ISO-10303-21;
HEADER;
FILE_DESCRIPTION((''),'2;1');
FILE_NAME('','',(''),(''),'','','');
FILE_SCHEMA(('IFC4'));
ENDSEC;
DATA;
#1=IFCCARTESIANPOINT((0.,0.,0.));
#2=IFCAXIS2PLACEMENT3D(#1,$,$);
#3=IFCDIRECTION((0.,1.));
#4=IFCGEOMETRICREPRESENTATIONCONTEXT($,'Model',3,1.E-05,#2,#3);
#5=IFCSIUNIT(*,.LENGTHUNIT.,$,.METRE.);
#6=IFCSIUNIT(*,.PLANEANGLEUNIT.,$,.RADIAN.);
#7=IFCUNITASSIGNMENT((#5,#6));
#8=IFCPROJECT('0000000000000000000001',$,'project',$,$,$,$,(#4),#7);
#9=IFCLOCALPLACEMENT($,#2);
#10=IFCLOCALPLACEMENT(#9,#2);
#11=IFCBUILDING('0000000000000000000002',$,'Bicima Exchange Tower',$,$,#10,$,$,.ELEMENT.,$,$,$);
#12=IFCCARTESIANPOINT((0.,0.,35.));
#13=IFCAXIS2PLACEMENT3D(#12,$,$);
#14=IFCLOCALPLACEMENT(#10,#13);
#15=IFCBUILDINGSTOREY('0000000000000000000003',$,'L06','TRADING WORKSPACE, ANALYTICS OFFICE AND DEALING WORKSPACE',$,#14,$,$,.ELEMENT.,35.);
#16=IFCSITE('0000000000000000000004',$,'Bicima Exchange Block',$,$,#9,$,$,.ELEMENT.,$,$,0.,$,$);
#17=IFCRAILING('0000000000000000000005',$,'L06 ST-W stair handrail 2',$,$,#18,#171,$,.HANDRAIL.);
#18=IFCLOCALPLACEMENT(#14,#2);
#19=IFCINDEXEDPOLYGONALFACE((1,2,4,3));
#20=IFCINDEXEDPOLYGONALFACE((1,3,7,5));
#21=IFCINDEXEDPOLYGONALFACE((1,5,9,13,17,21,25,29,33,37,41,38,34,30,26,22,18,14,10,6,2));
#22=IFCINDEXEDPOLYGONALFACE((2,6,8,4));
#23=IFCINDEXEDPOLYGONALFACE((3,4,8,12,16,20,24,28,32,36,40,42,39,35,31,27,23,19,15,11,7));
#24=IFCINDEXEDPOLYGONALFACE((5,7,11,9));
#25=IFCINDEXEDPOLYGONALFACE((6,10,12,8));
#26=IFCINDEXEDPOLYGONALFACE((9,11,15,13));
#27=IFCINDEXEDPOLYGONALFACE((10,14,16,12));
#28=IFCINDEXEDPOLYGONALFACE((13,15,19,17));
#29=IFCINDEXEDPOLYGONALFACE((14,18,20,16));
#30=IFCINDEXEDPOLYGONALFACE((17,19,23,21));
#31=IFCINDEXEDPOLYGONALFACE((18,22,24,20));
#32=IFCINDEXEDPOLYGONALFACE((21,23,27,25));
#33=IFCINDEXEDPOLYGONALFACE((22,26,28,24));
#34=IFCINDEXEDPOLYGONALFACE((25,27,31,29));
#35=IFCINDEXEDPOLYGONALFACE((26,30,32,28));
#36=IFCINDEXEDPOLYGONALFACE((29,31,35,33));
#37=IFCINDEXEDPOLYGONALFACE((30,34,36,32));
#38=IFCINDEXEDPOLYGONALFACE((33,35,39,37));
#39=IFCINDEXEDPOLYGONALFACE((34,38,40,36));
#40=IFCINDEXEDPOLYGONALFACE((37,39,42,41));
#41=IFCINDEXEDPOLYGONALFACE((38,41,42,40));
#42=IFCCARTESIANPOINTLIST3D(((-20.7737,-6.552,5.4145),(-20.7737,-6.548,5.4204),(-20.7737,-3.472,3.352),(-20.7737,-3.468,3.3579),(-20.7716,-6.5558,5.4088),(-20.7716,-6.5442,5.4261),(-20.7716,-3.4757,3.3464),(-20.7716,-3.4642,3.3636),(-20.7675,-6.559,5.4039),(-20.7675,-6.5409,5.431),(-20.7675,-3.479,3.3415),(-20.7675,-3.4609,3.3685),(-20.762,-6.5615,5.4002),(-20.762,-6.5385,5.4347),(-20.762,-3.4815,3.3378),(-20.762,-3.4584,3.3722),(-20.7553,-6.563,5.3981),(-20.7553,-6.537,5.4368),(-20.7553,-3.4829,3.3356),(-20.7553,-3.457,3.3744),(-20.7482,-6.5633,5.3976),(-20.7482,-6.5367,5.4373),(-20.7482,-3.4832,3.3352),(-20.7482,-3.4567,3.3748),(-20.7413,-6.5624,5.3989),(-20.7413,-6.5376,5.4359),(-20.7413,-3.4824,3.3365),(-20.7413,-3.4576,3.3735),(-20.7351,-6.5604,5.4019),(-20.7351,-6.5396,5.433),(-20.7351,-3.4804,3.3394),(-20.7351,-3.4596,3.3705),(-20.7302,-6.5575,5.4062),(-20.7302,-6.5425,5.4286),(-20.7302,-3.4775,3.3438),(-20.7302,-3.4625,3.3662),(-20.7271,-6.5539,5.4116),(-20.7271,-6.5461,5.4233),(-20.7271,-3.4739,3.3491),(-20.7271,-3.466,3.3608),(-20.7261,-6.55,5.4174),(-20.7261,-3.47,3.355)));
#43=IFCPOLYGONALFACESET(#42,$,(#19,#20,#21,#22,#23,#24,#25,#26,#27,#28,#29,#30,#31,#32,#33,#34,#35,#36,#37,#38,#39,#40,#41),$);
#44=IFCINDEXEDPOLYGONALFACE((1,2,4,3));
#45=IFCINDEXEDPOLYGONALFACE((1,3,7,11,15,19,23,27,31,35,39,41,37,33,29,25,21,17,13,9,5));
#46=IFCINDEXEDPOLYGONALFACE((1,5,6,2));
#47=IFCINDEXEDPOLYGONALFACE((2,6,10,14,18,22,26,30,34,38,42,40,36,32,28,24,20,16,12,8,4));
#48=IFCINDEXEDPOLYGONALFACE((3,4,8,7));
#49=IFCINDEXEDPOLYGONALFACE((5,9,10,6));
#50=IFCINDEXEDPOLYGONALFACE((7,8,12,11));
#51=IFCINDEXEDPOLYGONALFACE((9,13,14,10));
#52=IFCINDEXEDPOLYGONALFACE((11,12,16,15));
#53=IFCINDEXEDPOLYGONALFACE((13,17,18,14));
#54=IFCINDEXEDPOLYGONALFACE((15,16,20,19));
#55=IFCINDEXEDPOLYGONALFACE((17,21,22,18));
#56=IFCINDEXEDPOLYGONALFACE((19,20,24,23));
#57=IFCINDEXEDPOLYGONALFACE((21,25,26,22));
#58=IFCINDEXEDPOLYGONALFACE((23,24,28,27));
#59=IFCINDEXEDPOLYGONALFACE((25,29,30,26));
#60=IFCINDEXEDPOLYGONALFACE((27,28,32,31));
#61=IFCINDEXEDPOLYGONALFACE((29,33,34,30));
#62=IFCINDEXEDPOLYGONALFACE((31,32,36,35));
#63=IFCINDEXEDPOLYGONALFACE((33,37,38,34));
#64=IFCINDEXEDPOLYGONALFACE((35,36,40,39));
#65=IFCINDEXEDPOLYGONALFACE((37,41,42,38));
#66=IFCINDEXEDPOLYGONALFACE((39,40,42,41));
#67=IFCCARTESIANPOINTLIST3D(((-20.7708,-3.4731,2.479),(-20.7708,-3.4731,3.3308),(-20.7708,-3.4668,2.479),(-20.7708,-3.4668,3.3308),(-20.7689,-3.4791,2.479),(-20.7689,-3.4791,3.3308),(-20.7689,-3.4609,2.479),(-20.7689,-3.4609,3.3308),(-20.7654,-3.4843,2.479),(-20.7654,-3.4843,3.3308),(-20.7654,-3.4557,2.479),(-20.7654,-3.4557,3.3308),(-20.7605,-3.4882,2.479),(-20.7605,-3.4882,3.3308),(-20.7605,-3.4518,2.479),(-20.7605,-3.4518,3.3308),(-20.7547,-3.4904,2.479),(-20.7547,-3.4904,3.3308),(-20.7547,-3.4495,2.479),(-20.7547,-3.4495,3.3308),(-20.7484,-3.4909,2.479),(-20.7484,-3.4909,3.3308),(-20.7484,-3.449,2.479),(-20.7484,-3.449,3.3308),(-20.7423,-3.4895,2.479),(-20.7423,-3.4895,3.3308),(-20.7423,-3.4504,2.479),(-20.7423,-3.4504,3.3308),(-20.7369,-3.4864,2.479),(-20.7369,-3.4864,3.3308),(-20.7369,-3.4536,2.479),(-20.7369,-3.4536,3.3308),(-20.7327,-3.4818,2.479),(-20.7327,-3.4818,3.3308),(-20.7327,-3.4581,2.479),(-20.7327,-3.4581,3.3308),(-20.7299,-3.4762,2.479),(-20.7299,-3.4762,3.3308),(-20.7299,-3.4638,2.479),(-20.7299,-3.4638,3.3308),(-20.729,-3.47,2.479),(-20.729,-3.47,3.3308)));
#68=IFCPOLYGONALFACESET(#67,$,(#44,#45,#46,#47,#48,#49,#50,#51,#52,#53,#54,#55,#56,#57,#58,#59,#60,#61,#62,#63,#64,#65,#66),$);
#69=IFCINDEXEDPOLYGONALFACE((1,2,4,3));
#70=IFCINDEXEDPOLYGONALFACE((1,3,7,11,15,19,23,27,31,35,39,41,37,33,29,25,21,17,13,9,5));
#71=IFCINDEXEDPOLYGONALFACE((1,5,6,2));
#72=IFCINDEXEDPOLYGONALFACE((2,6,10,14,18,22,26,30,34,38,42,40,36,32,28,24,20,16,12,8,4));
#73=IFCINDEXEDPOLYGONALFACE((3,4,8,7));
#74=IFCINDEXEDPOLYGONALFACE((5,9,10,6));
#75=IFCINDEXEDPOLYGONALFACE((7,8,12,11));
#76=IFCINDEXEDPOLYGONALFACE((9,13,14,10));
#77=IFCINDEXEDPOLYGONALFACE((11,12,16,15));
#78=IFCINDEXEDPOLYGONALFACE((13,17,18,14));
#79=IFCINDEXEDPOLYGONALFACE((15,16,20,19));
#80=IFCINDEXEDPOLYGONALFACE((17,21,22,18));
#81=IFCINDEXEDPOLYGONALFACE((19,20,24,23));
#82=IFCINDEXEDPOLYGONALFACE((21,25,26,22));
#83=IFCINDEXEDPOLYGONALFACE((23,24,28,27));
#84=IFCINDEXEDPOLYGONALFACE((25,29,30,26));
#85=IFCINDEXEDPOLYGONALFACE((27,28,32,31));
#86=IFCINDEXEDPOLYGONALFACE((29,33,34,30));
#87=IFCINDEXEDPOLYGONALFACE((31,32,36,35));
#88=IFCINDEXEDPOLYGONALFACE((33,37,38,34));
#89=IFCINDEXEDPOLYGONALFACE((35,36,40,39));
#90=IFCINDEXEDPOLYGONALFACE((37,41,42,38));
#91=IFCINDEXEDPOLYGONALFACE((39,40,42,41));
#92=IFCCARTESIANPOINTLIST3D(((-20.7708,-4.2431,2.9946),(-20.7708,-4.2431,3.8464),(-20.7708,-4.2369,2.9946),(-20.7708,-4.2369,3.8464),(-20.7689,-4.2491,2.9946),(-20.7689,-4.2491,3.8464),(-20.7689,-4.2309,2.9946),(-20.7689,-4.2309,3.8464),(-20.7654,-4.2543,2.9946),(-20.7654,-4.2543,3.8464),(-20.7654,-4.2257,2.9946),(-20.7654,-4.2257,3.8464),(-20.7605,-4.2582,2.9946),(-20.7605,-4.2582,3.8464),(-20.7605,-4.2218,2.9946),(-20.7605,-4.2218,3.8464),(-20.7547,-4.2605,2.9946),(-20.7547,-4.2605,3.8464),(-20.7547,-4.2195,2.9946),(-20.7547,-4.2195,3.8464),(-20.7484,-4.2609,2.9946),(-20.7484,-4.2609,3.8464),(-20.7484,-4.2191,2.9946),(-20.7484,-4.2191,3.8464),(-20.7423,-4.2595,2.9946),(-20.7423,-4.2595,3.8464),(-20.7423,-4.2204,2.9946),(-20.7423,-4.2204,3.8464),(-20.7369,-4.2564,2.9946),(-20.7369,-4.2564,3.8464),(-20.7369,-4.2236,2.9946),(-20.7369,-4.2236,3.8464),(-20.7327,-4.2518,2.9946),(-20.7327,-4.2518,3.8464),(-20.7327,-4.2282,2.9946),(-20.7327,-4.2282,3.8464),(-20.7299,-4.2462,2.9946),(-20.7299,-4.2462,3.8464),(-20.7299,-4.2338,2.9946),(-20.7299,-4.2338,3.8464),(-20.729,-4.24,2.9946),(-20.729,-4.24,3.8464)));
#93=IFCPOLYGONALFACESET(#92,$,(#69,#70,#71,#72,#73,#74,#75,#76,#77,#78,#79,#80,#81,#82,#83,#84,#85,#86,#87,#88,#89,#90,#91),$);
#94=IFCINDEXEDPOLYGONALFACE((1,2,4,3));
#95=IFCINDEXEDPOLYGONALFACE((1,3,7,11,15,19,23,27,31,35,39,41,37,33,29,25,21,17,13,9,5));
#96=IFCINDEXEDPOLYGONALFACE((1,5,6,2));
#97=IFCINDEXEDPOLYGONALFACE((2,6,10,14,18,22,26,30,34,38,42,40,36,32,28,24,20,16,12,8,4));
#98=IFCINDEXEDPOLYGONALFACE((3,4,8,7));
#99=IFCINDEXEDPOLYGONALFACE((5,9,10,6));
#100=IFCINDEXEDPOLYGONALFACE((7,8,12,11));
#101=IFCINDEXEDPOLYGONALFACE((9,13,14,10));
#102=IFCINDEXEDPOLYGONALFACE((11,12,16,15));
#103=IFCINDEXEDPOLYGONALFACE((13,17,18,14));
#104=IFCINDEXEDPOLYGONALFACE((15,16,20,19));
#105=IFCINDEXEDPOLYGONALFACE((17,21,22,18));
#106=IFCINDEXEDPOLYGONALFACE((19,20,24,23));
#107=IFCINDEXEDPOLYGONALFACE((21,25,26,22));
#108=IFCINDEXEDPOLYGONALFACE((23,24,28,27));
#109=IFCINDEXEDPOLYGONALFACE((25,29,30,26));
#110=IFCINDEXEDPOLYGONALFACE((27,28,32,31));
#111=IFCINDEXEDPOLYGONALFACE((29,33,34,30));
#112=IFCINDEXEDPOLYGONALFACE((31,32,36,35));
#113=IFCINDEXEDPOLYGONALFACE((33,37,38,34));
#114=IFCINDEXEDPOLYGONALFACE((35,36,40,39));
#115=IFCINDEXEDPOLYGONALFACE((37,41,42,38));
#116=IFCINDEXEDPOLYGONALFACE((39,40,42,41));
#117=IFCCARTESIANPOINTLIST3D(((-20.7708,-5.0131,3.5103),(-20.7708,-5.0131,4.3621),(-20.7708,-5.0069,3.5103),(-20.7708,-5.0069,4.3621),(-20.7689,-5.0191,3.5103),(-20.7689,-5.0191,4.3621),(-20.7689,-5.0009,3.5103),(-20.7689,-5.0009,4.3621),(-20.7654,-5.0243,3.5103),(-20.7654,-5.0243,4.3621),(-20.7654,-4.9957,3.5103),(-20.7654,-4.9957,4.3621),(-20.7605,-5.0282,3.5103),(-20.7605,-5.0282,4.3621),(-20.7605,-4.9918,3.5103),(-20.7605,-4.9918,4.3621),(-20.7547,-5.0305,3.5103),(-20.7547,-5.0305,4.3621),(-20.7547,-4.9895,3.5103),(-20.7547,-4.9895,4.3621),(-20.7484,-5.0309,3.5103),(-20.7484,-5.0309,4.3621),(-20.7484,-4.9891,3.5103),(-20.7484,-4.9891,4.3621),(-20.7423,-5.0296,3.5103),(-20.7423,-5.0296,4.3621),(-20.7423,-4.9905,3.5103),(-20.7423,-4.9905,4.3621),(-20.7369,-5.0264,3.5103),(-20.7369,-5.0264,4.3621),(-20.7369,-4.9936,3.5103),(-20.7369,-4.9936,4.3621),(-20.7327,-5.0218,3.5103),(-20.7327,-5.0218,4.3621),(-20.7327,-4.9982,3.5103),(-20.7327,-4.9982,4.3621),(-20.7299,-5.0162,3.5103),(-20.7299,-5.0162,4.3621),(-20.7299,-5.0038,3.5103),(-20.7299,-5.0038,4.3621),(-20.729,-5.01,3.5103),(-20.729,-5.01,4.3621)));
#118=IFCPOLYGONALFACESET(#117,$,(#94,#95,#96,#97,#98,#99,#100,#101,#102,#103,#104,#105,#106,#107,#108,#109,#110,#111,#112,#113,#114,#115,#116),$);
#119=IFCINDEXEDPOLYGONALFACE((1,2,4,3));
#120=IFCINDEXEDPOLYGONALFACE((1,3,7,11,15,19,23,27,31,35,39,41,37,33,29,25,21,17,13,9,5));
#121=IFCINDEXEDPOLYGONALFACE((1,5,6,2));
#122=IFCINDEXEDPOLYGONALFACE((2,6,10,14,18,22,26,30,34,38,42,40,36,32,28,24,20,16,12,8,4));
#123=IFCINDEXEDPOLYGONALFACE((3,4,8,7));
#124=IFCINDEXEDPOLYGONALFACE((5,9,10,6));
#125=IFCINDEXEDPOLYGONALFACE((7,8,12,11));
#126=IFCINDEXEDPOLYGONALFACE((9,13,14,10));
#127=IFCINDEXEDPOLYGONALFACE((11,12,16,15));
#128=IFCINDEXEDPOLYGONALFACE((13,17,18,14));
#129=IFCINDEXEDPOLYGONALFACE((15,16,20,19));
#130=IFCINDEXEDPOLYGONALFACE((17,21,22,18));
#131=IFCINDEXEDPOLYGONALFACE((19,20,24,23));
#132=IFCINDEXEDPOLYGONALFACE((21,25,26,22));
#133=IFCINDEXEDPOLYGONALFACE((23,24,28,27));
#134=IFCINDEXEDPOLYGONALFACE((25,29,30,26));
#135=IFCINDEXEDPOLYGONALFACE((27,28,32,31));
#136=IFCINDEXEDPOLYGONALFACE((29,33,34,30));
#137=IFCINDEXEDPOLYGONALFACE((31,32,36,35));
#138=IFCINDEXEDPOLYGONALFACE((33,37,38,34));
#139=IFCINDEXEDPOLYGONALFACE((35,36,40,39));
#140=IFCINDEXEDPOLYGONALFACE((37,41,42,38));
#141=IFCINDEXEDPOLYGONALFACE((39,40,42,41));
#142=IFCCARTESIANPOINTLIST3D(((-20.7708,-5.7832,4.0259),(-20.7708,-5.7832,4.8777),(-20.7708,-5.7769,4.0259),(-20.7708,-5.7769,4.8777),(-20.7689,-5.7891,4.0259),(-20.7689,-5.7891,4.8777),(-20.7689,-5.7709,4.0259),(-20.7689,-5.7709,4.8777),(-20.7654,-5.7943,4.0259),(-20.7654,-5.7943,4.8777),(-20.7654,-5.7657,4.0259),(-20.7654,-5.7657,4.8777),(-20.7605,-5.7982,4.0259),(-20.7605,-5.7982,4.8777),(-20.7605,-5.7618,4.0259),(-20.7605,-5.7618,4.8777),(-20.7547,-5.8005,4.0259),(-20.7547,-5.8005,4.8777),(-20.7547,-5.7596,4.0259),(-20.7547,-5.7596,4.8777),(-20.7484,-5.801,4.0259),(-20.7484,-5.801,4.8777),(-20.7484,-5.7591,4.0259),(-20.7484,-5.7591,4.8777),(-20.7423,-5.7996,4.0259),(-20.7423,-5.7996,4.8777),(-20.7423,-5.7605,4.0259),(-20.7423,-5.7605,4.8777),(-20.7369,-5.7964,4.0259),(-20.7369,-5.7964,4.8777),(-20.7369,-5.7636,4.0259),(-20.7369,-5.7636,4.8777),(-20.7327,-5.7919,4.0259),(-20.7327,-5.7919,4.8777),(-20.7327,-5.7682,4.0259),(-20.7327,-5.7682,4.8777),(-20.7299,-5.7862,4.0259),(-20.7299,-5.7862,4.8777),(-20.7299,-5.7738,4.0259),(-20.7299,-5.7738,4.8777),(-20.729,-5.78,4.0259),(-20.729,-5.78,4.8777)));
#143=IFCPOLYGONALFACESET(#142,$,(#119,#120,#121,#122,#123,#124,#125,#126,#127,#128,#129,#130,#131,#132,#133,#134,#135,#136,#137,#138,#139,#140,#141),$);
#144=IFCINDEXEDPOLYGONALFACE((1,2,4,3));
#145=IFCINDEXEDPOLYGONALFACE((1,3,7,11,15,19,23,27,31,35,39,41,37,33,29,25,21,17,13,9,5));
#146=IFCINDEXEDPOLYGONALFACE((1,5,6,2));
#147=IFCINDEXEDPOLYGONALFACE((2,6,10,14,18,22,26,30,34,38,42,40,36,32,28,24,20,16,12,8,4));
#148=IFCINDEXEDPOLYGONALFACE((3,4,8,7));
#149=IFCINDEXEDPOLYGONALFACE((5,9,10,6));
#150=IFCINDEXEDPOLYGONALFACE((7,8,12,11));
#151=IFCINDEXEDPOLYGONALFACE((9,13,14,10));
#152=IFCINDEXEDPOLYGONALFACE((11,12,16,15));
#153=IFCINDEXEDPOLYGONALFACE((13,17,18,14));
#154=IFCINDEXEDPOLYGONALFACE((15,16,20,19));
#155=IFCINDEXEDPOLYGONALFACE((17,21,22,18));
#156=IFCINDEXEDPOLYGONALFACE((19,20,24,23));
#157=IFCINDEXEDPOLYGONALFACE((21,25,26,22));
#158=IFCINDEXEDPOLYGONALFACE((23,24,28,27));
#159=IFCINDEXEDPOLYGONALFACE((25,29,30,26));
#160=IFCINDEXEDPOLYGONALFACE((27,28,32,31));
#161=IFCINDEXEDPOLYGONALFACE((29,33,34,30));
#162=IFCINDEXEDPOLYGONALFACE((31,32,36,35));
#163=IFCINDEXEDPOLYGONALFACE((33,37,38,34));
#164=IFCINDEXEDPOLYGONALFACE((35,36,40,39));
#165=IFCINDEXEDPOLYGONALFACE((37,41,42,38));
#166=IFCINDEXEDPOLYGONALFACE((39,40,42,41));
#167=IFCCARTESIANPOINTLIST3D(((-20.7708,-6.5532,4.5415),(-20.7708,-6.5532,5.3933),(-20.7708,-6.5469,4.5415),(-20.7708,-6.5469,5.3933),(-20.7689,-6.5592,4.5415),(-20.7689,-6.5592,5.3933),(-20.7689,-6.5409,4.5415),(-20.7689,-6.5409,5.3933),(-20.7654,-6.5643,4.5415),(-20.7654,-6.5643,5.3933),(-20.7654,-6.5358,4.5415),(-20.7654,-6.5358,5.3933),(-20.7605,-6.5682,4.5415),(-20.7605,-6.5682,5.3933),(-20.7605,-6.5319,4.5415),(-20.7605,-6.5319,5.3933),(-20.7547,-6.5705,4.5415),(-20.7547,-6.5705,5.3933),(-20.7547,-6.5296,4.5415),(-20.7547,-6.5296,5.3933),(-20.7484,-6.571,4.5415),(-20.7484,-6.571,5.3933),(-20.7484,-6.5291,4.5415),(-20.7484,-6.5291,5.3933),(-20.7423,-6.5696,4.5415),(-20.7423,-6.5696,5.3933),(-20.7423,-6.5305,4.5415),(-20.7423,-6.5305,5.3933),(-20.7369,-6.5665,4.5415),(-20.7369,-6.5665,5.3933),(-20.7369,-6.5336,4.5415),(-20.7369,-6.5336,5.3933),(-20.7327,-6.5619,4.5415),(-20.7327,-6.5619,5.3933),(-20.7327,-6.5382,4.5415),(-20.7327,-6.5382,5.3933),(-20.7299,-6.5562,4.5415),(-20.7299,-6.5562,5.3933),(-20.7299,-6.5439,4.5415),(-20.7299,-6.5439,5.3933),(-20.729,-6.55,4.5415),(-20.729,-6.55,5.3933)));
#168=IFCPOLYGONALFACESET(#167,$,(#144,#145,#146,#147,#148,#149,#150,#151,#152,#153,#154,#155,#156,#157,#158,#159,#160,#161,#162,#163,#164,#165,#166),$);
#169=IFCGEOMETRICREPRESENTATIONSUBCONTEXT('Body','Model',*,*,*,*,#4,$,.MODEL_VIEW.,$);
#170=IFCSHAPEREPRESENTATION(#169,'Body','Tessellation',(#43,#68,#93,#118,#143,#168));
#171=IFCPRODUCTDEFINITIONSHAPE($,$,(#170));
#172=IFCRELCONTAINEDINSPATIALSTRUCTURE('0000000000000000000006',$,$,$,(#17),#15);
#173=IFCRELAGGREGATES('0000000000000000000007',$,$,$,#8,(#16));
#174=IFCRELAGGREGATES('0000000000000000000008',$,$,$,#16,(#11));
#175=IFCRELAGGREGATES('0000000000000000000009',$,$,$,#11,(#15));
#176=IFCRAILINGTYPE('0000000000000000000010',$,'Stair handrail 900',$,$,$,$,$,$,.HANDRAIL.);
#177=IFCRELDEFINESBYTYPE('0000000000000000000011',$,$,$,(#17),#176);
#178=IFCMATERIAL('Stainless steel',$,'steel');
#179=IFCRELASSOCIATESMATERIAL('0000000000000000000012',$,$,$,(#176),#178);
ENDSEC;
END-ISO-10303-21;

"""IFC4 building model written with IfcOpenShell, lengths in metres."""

from ifc_helpers import new_model, si_unit, direction, frame, origin, origin_2d, place, context, subcontext, project, spatial, circle, extrude, material, type_object, element, save


model = new_model("IFC4")

# Units and contexts
model_context = context("Model", 3, precision=1e-05, world=origin(), true_north=direction((0.0, 1.0)))
body_context = subcontext(model_context, "Body", "Model", "MODEL_VIEW")
ifc_project = project(units=[si_unit("LENGTHUNIT", "METRE"), si_unit("PLANEANGLEUNIT", "RADIAN")], contexts=[model_context])

# Site, building, storey
site_placement = place(None, origin())
site = spatial("IfcSite", under=ifc_project, at=site_placement, Name="Bicima Exchange Block", CompositionType="ELEMENT", RefElevation=0.0)
building_placement = place(site_placement, origin())
building = spatial("IfcBuilding", under=site, at=building_placement, Name="Bicima Exchange Tower", CompositionType="ELEMENT")
storey_placement = place(building_placement, frame((0.0, 0.0, 35.0)))
storey = spatial("IfcBuildingStorey", under=building, at=storey_placement, Name="L06", Description="TRADING WORKSPACE, ANALYTICS OFFICE AND DEALING WORKSPACE", CompositionType="ELEMENT", Elevation=35.0)

# Shared definitions
ifc_material_1 = material(Name="Stainless steel", Category="steel")

# Railing
railing_type_1 = type_object("IfcRailingType", Name="Stair handrail 900", PredefinedType="HANDRAIL", material=ifc_material_1)
railing_1_placement = place(storey_placement, frame((-20.75, -3.47, 2.479)))
element("IfcRailing", 1, at=railing_1_placement, inside=storey, type_object=railing_type_1, Name="L06 ST-W stair handrail 2", PredefinedType="HANDRAIL", context=body_context, shape_type="SweptSolid", body=[
    extrude(circle(Radius=0.0239, at=origin_2d()), frame((0.0, 0.0, 0.876), z_axis=(0.0, -0.830914, 0.556401), x_axis=(1.0, 0.0, 0.0)), (0.0, 0.0, 1.0), 3.7068),
    extrude(circle(Radius=0.021, at=origin_2d()), origin(), (0.0, 0.0, 1.0), 0.8518),
    extrude(circle(Radius=0.021, at=origin_2d()), frame((0.0, -0.77, 0.5156)), (0.0, 0.0, 1.0), 0.8518),
    extrude(circle(Radius=0.021, at=origin_2d()), frame((0.0, -1.54, 1.0312)), (0.0, 0.0, 1.0), 0.8518),
    extrude(circle(Radius=0.021, at=origin_2d()), frame((0.0, -2.3101, 1.5469)), (0.0, 0.0, 1.0), 0.8518),
    extrude(circle(Radius=0.021, at=origin_2d()), frame((0.0, -3.0801, 2.0625)), (0.0, 0.0, 1.0), 0.8518),
])

save(model, "model.ifc")
